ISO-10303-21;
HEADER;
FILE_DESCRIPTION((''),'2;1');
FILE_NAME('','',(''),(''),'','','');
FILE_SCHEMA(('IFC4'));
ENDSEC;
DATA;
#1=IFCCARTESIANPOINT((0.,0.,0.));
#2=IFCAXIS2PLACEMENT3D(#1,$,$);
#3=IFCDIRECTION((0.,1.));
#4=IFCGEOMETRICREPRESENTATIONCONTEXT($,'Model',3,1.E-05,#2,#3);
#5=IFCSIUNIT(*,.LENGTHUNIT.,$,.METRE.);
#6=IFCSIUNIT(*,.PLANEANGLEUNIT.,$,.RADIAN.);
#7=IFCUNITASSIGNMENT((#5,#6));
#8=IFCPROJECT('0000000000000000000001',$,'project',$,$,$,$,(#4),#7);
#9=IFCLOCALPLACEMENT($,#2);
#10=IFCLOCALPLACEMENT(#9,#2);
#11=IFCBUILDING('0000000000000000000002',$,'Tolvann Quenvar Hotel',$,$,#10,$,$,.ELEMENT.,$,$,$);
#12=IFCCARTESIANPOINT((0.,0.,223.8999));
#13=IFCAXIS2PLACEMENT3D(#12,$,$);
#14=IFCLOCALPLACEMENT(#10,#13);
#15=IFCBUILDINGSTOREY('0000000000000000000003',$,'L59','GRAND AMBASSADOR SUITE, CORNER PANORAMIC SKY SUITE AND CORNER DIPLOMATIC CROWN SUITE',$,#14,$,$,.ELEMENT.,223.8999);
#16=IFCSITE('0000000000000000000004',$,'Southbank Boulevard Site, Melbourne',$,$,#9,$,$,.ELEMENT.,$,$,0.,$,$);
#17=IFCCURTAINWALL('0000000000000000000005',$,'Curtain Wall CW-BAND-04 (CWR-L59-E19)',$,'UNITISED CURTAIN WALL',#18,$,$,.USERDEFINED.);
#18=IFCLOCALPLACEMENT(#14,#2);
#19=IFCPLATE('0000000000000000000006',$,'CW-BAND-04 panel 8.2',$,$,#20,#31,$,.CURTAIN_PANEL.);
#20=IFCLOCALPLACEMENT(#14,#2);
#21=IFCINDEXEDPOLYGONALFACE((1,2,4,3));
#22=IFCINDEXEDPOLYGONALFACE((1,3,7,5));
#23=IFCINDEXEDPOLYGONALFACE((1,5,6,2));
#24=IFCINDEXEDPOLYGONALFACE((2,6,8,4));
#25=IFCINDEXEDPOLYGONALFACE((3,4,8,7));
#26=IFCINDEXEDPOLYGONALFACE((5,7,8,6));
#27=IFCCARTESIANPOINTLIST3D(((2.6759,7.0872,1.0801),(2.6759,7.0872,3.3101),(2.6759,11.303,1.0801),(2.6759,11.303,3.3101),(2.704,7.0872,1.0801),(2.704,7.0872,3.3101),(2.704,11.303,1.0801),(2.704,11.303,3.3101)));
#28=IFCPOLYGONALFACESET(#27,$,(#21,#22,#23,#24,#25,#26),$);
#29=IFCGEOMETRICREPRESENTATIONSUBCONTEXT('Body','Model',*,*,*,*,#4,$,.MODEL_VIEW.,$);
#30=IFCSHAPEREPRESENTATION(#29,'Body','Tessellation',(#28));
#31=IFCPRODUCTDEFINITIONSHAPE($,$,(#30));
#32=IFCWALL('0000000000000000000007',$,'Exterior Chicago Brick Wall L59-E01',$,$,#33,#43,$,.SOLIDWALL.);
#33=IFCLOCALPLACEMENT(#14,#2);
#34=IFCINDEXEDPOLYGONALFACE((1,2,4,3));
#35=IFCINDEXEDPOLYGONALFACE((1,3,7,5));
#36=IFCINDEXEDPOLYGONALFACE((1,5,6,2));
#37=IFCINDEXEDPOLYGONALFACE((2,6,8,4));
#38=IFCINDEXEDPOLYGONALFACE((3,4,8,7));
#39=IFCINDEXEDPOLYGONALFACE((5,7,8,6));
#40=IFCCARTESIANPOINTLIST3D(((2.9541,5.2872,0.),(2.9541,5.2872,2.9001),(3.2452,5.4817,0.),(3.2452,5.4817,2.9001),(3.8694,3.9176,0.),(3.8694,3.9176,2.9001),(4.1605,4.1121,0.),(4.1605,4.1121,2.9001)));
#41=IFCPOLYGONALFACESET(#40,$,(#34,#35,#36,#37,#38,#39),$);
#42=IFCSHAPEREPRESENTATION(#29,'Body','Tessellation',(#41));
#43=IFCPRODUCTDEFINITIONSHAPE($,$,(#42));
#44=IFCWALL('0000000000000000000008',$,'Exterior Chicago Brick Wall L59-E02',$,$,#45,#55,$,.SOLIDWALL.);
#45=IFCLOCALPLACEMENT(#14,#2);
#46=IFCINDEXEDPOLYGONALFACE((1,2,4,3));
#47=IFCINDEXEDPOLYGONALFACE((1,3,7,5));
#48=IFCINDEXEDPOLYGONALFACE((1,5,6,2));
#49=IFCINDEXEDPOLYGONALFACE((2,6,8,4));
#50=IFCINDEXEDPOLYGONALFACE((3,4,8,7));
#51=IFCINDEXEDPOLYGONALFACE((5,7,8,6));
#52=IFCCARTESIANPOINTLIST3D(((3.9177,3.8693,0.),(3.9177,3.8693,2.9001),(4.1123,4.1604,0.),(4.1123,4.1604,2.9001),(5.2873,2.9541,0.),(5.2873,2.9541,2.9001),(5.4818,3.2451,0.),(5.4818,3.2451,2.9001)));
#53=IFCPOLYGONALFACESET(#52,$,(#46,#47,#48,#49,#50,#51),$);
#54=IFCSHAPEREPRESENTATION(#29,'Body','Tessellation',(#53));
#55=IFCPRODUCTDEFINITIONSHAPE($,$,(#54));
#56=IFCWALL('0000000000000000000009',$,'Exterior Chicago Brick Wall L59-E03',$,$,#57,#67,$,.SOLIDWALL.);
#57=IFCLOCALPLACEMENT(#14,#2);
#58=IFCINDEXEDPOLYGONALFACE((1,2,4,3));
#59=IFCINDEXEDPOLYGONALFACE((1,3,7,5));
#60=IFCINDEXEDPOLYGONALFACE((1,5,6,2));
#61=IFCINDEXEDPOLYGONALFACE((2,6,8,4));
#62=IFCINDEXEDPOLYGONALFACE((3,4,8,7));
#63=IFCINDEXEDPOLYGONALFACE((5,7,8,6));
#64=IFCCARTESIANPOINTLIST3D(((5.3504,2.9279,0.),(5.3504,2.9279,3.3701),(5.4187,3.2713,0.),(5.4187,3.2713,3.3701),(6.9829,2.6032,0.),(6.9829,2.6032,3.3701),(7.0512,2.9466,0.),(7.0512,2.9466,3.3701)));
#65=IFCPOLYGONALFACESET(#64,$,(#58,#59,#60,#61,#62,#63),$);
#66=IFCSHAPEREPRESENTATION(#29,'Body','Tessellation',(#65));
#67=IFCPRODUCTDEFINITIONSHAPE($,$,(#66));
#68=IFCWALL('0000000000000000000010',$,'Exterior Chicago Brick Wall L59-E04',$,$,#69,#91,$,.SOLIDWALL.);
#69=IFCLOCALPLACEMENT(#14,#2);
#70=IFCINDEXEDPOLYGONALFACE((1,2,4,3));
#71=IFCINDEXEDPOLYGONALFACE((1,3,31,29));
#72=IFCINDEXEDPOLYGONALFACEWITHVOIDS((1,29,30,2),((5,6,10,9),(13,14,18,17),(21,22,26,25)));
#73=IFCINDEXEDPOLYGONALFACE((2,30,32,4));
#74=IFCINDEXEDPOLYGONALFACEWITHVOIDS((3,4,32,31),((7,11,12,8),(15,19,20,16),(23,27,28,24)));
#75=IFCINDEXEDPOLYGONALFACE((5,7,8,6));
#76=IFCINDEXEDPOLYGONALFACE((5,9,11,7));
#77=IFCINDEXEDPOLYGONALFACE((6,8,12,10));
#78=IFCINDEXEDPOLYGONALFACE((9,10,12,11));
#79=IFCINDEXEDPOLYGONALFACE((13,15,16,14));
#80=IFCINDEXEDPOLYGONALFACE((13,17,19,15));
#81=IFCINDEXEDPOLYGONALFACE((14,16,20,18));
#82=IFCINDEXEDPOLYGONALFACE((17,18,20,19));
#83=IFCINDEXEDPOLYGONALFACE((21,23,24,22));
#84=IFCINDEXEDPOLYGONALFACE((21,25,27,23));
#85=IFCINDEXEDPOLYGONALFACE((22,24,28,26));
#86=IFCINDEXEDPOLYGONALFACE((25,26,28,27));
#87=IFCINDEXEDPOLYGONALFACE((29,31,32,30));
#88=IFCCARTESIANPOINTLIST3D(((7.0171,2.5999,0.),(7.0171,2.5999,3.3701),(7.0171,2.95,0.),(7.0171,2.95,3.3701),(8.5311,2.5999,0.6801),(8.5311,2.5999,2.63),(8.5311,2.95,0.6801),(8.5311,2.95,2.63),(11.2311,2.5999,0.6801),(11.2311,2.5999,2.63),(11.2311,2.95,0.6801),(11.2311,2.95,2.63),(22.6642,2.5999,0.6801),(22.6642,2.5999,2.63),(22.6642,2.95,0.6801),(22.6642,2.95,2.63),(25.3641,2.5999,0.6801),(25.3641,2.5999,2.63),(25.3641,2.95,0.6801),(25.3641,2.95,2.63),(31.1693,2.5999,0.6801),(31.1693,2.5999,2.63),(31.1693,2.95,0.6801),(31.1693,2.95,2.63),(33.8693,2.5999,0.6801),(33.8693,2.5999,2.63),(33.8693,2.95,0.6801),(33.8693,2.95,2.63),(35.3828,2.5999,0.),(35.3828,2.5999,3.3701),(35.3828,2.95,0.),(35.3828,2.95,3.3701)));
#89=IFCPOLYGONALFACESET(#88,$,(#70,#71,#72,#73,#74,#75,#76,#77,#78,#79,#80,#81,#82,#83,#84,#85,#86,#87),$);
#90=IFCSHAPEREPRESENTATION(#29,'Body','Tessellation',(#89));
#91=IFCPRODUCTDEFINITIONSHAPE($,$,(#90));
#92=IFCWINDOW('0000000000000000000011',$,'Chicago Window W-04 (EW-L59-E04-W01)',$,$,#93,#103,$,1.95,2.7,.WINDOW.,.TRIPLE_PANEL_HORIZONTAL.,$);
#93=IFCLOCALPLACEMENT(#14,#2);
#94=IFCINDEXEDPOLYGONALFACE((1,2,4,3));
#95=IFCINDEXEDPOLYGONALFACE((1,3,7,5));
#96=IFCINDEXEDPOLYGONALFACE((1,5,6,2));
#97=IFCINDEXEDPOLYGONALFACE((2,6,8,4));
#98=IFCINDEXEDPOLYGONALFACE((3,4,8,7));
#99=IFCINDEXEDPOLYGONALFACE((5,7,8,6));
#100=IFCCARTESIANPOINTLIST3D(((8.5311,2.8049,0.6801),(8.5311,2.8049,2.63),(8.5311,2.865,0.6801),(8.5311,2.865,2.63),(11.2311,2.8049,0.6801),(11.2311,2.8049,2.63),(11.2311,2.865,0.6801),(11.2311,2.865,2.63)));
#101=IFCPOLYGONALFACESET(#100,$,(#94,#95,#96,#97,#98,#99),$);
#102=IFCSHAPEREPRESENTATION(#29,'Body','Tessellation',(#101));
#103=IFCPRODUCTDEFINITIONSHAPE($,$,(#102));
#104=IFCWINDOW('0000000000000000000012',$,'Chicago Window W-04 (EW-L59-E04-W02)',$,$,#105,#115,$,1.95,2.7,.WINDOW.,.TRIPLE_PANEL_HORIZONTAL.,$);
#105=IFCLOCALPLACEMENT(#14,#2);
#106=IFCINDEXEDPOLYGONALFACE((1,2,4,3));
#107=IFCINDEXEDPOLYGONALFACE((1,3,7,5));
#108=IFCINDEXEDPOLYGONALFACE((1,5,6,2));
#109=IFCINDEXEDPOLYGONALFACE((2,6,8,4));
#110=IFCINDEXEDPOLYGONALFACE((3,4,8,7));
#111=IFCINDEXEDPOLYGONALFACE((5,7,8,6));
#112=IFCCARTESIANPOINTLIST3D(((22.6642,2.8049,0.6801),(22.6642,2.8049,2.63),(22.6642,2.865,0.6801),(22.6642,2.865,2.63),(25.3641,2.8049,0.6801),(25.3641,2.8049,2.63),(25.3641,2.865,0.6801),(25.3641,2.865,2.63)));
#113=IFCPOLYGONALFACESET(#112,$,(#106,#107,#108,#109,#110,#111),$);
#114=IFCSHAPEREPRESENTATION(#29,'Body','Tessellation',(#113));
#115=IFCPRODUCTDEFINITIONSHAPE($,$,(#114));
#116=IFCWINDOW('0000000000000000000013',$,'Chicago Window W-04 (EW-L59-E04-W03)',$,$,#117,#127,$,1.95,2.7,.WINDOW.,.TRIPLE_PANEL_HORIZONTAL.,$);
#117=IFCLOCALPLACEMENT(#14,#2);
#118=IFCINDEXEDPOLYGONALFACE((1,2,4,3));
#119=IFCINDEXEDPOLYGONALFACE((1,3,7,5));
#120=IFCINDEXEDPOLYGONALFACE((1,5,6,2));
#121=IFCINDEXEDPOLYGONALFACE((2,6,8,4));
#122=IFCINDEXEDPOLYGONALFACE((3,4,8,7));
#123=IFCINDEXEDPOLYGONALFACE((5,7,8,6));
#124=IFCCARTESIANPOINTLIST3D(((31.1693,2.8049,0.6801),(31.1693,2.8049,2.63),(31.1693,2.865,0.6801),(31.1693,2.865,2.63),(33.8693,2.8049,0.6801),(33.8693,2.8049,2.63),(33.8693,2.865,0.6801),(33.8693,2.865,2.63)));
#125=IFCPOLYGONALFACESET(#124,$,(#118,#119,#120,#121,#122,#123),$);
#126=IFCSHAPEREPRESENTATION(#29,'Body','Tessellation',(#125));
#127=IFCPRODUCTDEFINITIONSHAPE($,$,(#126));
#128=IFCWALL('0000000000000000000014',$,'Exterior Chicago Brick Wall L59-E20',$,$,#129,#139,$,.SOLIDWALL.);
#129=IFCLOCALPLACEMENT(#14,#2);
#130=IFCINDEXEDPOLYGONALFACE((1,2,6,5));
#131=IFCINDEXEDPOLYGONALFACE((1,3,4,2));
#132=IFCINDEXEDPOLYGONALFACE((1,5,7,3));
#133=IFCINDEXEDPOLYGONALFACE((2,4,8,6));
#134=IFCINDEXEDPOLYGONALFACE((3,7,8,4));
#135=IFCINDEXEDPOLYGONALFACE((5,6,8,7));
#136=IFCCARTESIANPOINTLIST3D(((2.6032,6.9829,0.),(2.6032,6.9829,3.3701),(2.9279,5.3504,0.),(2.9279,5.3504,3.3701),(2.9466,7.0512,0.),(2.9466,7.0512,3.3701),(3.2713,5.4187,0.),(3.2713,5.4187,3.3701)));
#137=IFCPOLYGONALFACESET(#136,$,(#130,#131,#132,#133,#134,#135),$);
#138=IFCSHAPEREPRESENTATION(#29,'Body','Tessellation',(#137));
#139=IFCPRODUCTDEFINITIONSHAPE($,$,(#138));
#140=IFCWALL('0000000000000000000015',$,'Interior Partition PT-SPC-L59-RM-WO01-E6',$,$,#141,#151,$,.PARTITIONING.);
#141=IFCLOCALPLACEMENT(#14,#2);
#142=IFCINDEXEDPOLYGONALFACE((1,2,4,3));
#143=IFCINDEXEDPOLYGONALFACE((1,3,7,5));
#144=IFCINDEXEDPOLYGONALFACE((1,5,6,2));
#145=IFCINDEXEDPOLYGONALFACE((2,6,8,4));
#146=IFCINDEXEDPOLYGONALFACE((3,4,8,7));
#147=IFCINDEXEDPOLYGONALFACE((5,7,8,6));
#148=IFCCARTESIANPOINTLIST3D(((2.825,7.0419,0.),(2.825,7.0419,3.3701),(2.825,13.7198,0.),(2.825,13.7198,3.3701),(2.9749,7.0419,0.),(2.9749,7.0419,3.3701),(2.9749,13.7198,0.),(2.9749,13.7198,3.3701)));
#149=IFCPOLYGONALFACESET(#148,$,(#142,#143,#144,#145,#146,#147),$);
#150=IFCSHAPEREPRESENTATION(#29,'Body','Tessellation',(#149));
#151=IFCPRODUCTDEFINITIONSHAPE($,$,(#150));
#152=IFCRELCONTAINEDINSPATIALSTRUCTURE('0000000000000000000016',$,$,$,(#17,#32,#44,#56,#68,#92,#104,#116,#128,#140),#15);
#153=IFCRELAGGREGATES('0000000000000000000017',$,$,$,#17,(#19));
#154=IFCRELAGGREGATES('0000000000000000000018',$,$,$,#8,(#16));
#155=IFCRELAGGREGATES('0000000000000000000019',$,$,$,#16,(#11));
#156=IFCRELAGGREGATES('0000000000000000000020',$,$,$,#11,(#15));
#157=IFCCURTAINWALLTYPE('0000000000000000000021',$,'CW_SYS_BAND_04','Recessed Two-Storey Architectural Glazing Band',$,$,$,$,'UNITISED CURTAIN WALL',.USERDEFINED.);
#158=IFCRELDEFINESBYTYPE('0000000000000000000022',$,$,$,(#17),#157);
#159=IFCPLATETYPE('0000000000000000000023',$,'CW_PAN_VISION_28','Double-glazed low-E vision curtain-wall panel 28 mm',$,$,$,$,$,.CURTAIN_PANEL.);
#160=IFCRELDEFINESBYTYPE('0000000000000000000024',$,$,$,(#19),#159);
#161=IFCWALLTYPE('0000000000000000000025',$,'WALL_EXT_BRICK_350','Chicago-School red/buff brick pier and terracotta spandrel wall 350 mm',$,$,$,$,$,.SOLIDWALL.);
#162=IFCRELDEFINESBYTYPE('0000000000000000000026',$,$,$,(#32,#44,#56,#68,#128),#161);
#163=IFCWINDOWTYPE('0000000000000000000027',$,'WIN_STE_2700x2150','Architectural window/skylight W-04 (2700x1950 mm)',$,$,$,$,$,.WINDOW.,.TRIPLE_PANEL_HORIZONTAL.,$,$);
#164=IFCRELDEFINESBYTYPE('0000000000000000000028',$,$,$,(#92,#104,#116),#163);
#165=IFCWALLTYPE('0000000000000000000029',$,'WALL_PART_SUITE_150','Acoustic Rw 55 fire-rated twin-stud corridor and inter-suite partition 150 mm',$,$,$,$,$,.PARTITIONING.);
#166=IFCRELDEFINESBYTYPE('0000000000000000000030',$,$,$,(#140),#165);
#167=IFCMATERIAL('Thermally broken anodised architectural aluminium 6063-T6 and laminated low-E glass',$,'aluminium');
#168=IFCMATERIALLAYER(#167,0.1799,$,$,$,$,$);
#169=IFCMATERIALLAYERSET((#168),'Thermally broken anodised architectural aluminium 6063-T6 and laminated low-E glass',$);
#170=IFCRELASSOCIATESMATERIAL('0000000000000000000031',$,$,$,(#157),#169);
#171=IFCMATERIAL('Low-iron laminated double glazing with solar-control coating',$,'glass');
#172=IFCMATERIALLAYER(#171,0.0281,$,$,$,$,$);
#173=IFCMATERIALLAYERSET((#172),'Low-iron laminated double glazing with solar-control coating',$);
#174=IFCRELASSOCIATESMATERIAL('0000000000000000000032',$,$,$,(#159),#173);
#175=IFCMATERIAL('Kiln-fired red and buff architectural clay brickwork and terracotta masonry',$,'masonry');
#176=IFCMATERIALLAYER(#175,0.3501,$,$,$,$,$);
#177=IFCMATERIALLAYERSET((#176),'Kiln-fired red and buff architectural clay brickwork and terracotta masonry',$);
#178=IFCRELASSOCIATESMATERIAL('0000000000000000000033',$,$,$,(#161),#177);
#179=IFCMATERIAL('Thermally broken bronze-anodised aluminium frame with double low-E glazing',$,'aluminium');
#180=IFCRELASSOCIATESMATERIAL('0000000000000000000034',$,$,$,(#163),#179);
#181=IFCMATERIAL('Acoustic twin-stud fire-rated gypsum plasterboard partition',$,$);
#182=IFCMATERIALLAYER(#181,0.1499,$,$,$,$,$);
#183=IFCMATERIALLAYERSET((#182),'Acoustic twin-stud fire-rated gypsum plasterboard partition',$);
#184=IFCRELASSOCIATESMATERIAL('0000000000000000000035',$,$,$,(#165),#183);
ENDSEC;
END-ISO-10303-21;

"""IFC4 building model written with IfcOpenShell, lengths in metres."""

from ifc_helpers import new_model, si_unit, direction, frame, frame_2d, origin, origin_2d, place, context, subcontext, project, spatial, rectangle, extrude, source, transform, mapped, material, layer, layer_set, type_object, type_shapes, element, fill, aggregate, save


model = new_model("IFC4")

# Units and contexts
model_context = context("Model", 3, precision=1e-05, world=origin(), true_north=direction((0.0, 1.0)))
body_context = subcontext(model_context, "Body", "Model", "MODEL_VIEW")
ifc_project = project(units=[si_unit("LENGTHUNIT", "METRE"), si_unit("PLANEANGLEUNIT", "RADIAN")], contexts=[model_context])

# Site, building, storey
site_placement = place(None, origin())
site = spatial("IfcSite", under=ifc_project, at=site_placement, Name="Southbank Boulevard Site, Melbourne", CompositionType="ELEMENT", RefElevation=0.0)
building_placement = place(site_placement, origin())
building = spatial("IfcBuilding", under=site, at=building_placement, Name="Tolvann Quenvar Hotel", CompositionType="ELEMENT")
storey_placement = place(building_placement, frame((0.0, 0.0, 223.8999)))
storey = spatial("IfcBuildingStorey", under=building, at=storey_placement, Name="L59", Description="GRAND AMBASSADOR SUITE, CORNER PANORAMIC SKY SUITE AND CORNER DIPLOMATIC CROWN SUITE", CompositionType="ELEMENT", Elevation=223.8999)

# Curtain wall
ifc_material_1 = material(Name="Thermally broken anodised architectural aluminium 6063-T6 and laminated low-E glass", Category="aluminium")
ifc_layer_1 = layer(ifc_material_1, 0.1799)
ifc_layer_set_1 = layer_set([ifc_layer_1], Name="Thermally broken anodised architectural aluminium 6063-T6 and laminated low-E glass")
curtain_wall_type = type_object("IfcCurtainWallType", Name="CW_SYS_BAND_04", Description="Recessed Two-Storey Architectural Glazing Band", ElementType="UNITISED CURTAIN WALL", PredefinedType="USERDEFINED", material=ifc_layer_set_1)
curtain_wall_placement = place(storey_placement, origin())
curtain_wall = element("IfcCurtainWall", 1, at=curtain_wall_placement, inside=storey, type_object=curtain_wall_type, Name="Curtain Wall CW-BAND-04 (CWR-L59-E19)", ObjectType="UNITISED CURTAIN WALL", PredefinedType="USERDEFINED")

# Plate
ifc_material_2 = material(Name="Low-iron laminated double glazing with solar-control coating", Category="glass")
ifc_layer_2 = layer(ifc_material_2, 0.0281)
ifc_layer_set_2 = layer_set([ifc_layer_2], Name="Low-iron laminated double glazing with solar-control coating")
plate_type = type_object("IfcPlateType", Name="CW_PAN_VISION_28", Description="Double-glazed low-E vision curtain-wall panel 28 mm", PredefinedType="CURTAIN_PANEL", material=ifc_layer_set_2)
shared_shape_1 = source(origin(), body_context, "Body", "SweptSolid", [
    extrude(rectangle(XDim=4.2158, YDim=0.0281, at=origin_2d()), origin(), (0.0, 0.0, 1.0), 2.23),
])
plate_1_placement = place(storey_placement, frame((2.6899, 9.1951, 1.0801), z_axis=(0.0, 0.0, 1.0), x_axis=(0.0, -1.0, 0.0)))
plate_1 = element("IfcPlate", 2, at=plate_1_placement, type_object=plate_type, Name="CW-BAND-04 panel 8.2", PredefinedType="CURTAIN_PANEL", context=body_context, shape_type="MappedRepresentation", body=[
    mapped(shared_shape_1, transform((0.0, 0.0, 0.0), x_axis=(1.0, 0.0, 0.0), y_axis=(0.0, 1.0, 0.0), z_axis=(0.0, 0.0, 1.0), scale=1.0)),
])
aggregate(curtain_wall, [plate_1])

# Walls
ifc_material_3 = material(Name="Kiln-fired red and buff architectural clay brickwork and terracotta masonry", Category="masonry")
ifc_layer_3 = layer(ifc_material_3, 0.3501)
ifc_layer_set_3 = layer_set([ifc_layer_3], Name="Kiln-fired red and buff architectural clay brickwork and terracotta masonry")
wall_type_1 = type_object("IfcWallType", Name="WALL_EXT_BRICK_350", Description="Chicago-School red/buff brick pier and terracotta spandrel wall 350 mm", PredefinedType="SOLIDWALL", material=ifc_layer_set_3)
for number, where, z_axis, x_axis, name in (
    (3, (3.0996, 5.3845, 0.0), (0.0, 0.0, 1.0), (0.555623, -0.831434, 0.0), "Exterior Chicago Brick Wall L59-E01"),
    (4, (4.0149, 4.0149, 0.0), (0.0, 0.0, 1.0), (0.831434, -0.555623, 0.0), "Exterior Chicago Brick Wall L59-E02"),
):
    element("IfcWall", number, at=place(storey_placement, frame(where, z_axis=z_axis, x_axis=x_axis)), inside=storey, type_object=wall_type_1, Name=name, PredefinedType="SOLIDWALL", context=body_context, shape_type="SweptSolid", body=[
        extrude(rectangle(XDim=1.6472, YDim=0.3501, at=frame_2d((0.8237, 0.0))), origin(), (0.0, 0.0, 1.0), 2.9001),
    ])
wall_1_placement = place(storey_placement, frame((5.3845, 3.0996, 0.0), z_axis=(0.0, 0.0, 1.0), x_axis=(0.980789, -0.195072, 0.0)))
element("IfcWall", 5, at=wall_1_placement, inside=storey, type_object=wall_type_1, Name="Exterior Chicago Brick Wall L59-E03", PredefinedType="SOLIDWALL", context=body_context, shape_type="SweptSolid", body=[
    extrude(rectangle(XDim=1.6646, YDim=0.3501, at=frame_2d((0.8323, 0.0))), origin(), (0.0, 0.0, 1.0), 3.3701),
])

# Wall, openings, windows
wall_2_placement = place(storey_placement, frame((7.0171, 2.7749, 0.0), z_axis=(0.0, 0.0, 1.0), x_axis=(1.0, 0.0, 0.0)))
wall_2 = element("IfcWall", 6, at=wall_2_placement, inside=storey, type_object=wall_type_1, Name="Exterior Chicago Brick Wall L59-E04", PredefinedType="SOLIDWALL", context=body_context, shape_type="SweptSolid", body=[
    extrude(rectangle(XDim=28.3657, YDim=0.3501, at=frame_2d((14.1829, 0.0))), origin(), (0.0, 0.0, 1.0), 3.3701),
])
opening_1_placement = place(wall_2_placement, frame((1.5139, 0.0, 0.6799)))
opening_1 = element("IfcOpeningElement", 7, at=opening_1_placement, cuts=wall_2, PredefinedType="OPENING", context=body_context, shape_type="SweptSolid", body=[
    extrude(rectangle(XDim=2.7, YDim=1.95, at=frame_2d((1.3501, 0.9751))), frame((0.0, 0.1851, 0.0), z_axis=(0.0, -1.0, 0.0), x_axis=(1.0, 0.0, 0.0)), (0.0, 0.0, 1.0), 0.3701),
])
opening_2_placement = place(wall_2_placement, frame((15.647, 0.0, 0.6799)))
opening_2 = element("IfcOpeningElement", 8, at=opening_2_placement, cuts=wall_2, PredefinedType="OPENING", context=body_context, shape_type="SweptSolid", body=[
    extrude(rectangle(XDim=2.7, YDim=1.95, at=frame_2d((1.3501, 0.9751))), frame((0.0, 0.1851, 0.0), z_axis=(0.0, -1.0, 0.0), x_axis=(1.0, 0.0, 0.0)), (0.0, 0.0, 1.0), 0.3701),
])
opening_3_placement = place(wall_2_placement, frame((24.1521, 0.0, 0.6799)))
opening_3 = element("IfcOpeningElement", 9, at=opening_3_placement, cuts=wall_2, PredefinedType="OPENING", context=body_context, shape_type="SweptSolid", body=[
    extrude(rectangle(XDim=2.7, YDim=1.95, at=frame_2d((1.3501, 0.9751))), frame((0.0, 0.1851, 0.0), z_axis=(0.0, -1.0, 0.0), x_axis=(1.0, 0.0, 0.0)), (0.0, 0.0, 1.0), 0.3701),
])
ifc_material_4 = material(Name="Thermally broken bronze-anodised aluminium frame with double low-E glazing", Category="aluminium")
window_type = type_object("IfcWindowType", Name="WIN_STE_2700x2150", Description="Architectural window/skylight W-04 (2700x1950 mm)", PartitioningType="TRIPLE_PANEL_HORIZONTAL", PredefinedType="WINDOW", material=ifc_material_4)
shared_shape_2 = source(origin(), body_context, "Body", "SweptSolid", [
    extrude(rectangle(XDim=2.7, YDim=1.95, at=frame_2d((1.3501, 0.9751))), frame((0.0, 0.0901, 0.0), z_axis=(0.0, -1.0, 0.0), x_axis=(1.0, 0.0, 0.0)), (0.0, 0.0, 1.0), 0.0601),
])
type_shapes(window_type, [shared_shape_2])
window_1_placement = place(opening_1_placement, origin())
window_1 = element("IfcWindow", 10, at=window_1_placement, inside=storey, type_object=window_type, Name="Chicago Window W-04 (EW-L59-E04-W01)", OverallHeight=1.95, OverallWidth=2.7, PartitioningType="TRIPLE_PANEL_HORIZONTAL", PredefinedType="WINDOW", context=body_context, shape_type="MappedRepresentation", body=[
    mapped(shared_shape_2, transform((0.0, 0.0, 0.0), x_axis=(1.0, 0.0, 0.0), y_axis=(0.0, 1.0, 0.0), z_axis=(0.0, 0.0, 1.0), scale=1.0)),
])
fill(opening_1, window_1)
window_2_placement = place(opening_2_placement, origin())
window_2 = element("IfcWindow", 11, at=window_2_placement, inside=storey, type_object=window_type, Name="Chicago Window W-04 (EW-L59-E04-W02)", OverallHeight=1.95, OverallWidth=2.7, PartitioningType="TRIPLE_PANEL_HORIZONTAL", PredefinedType="WINDOW", context=body_context, shape_type="MappedRepresentation", body=[
    mapped(shared_shape_2, transform((0.0, 0.0, 0.0), x_axis=(1.0, 0.0, 0.0), y_axis=(0.0, 1.0, 0.0), z_axis=(0.0, 0.0, 1.0), scale=1.0)),
])
fill(opening_2, window_2)
window_3_placement = place(opening_3_placement, origin())
window_3 = element("IfcWindow", 12, at=window_3_placement, inside=storey, type_object=window_type, Name="Chicago Window W-04 (EW-L59-E04-W03)", OverallHeight=1.95, OverallWidth=2.7, PartitioningType="TRIPLE_PANEL_HORIZONTAL", PredefinedType="WINDOW", context=body_context, shape_type="MappedRepresentation", body=[
    mapped(shared_shape_2, transform((0.0, 0.0, 0.0), x_axis=(1.0, 0.0, 0.0), y_axis=(0.0, 1.0, 0.0), z_axis=(0.0, 0.0, 1.0), scale=1.0)),
])
fill(opening_3, window_3)

# Walls
wall_3_placement = place(storey_placement, frame((2.7749, 7.0171, 0.0), z_axis=(0.0, 0.0, 1.0), x_axis=(0.195072, -0.980789, 0.0)))
element("IfcWall", 13, at=wall_3_placement, inside=storey, type_object=wall_type_1, Name="Exterior Chicago Brick Wall L59-E20", PredefinedType="SOLIDWALL", context=body_context, shape_type="SweptSolid", body=[
    extrude(rectangle(XDim=1.6646, YDim=0.3501, at=frame_2d((0.8323, 0.0))), origin(), (0.0, 0.0, 1.0), 3.3701),
])
ifc_material_5 = material(Name="Acoustic twin-stud fire-rated gypsum plasterboard partition")
ifc_layer_4 = layer(ifc_material_5, 0.1499)
ifc_layer_set_4 = layer_set([ifc_layer_4], Name="Acoustic twin-stud fire-rated gypsum plasterboard partition")
wall_type_2 = type_object("IfcWallType", Name="WALL_PART_SUITE_150", Description="Acoustic Rw 55 fire-rated twin-stud corridor and inter-suite partition 150 mm", PredefinedType="PARTITIONING", material=ifc_layer_set_4)
wall_4_placement = place(storey_placement, frame((2.8999, 7.042, 0.0), z_axis=(0.0, 0.0, 1.0), x_axis=(0.0, 1.0, 0.0)))
element("IfcWall", 14, at=wall_4_placement, inside=storey, type_object=wall_type_2, Name="Interior Partition PT-SPC-L59-RM-WO01-E6", PredefinedType="PARTITIONING", context=body_context, shape_type="SweptSolid", body=[
    extrude(rectangle(XDim=6.678, YDim=0.1499, at=frame_2d((3.3389, 0.0))), origin(), (0.0, 0.0, 1.0), 3.3701),
])

save(model, "model.ifc")
